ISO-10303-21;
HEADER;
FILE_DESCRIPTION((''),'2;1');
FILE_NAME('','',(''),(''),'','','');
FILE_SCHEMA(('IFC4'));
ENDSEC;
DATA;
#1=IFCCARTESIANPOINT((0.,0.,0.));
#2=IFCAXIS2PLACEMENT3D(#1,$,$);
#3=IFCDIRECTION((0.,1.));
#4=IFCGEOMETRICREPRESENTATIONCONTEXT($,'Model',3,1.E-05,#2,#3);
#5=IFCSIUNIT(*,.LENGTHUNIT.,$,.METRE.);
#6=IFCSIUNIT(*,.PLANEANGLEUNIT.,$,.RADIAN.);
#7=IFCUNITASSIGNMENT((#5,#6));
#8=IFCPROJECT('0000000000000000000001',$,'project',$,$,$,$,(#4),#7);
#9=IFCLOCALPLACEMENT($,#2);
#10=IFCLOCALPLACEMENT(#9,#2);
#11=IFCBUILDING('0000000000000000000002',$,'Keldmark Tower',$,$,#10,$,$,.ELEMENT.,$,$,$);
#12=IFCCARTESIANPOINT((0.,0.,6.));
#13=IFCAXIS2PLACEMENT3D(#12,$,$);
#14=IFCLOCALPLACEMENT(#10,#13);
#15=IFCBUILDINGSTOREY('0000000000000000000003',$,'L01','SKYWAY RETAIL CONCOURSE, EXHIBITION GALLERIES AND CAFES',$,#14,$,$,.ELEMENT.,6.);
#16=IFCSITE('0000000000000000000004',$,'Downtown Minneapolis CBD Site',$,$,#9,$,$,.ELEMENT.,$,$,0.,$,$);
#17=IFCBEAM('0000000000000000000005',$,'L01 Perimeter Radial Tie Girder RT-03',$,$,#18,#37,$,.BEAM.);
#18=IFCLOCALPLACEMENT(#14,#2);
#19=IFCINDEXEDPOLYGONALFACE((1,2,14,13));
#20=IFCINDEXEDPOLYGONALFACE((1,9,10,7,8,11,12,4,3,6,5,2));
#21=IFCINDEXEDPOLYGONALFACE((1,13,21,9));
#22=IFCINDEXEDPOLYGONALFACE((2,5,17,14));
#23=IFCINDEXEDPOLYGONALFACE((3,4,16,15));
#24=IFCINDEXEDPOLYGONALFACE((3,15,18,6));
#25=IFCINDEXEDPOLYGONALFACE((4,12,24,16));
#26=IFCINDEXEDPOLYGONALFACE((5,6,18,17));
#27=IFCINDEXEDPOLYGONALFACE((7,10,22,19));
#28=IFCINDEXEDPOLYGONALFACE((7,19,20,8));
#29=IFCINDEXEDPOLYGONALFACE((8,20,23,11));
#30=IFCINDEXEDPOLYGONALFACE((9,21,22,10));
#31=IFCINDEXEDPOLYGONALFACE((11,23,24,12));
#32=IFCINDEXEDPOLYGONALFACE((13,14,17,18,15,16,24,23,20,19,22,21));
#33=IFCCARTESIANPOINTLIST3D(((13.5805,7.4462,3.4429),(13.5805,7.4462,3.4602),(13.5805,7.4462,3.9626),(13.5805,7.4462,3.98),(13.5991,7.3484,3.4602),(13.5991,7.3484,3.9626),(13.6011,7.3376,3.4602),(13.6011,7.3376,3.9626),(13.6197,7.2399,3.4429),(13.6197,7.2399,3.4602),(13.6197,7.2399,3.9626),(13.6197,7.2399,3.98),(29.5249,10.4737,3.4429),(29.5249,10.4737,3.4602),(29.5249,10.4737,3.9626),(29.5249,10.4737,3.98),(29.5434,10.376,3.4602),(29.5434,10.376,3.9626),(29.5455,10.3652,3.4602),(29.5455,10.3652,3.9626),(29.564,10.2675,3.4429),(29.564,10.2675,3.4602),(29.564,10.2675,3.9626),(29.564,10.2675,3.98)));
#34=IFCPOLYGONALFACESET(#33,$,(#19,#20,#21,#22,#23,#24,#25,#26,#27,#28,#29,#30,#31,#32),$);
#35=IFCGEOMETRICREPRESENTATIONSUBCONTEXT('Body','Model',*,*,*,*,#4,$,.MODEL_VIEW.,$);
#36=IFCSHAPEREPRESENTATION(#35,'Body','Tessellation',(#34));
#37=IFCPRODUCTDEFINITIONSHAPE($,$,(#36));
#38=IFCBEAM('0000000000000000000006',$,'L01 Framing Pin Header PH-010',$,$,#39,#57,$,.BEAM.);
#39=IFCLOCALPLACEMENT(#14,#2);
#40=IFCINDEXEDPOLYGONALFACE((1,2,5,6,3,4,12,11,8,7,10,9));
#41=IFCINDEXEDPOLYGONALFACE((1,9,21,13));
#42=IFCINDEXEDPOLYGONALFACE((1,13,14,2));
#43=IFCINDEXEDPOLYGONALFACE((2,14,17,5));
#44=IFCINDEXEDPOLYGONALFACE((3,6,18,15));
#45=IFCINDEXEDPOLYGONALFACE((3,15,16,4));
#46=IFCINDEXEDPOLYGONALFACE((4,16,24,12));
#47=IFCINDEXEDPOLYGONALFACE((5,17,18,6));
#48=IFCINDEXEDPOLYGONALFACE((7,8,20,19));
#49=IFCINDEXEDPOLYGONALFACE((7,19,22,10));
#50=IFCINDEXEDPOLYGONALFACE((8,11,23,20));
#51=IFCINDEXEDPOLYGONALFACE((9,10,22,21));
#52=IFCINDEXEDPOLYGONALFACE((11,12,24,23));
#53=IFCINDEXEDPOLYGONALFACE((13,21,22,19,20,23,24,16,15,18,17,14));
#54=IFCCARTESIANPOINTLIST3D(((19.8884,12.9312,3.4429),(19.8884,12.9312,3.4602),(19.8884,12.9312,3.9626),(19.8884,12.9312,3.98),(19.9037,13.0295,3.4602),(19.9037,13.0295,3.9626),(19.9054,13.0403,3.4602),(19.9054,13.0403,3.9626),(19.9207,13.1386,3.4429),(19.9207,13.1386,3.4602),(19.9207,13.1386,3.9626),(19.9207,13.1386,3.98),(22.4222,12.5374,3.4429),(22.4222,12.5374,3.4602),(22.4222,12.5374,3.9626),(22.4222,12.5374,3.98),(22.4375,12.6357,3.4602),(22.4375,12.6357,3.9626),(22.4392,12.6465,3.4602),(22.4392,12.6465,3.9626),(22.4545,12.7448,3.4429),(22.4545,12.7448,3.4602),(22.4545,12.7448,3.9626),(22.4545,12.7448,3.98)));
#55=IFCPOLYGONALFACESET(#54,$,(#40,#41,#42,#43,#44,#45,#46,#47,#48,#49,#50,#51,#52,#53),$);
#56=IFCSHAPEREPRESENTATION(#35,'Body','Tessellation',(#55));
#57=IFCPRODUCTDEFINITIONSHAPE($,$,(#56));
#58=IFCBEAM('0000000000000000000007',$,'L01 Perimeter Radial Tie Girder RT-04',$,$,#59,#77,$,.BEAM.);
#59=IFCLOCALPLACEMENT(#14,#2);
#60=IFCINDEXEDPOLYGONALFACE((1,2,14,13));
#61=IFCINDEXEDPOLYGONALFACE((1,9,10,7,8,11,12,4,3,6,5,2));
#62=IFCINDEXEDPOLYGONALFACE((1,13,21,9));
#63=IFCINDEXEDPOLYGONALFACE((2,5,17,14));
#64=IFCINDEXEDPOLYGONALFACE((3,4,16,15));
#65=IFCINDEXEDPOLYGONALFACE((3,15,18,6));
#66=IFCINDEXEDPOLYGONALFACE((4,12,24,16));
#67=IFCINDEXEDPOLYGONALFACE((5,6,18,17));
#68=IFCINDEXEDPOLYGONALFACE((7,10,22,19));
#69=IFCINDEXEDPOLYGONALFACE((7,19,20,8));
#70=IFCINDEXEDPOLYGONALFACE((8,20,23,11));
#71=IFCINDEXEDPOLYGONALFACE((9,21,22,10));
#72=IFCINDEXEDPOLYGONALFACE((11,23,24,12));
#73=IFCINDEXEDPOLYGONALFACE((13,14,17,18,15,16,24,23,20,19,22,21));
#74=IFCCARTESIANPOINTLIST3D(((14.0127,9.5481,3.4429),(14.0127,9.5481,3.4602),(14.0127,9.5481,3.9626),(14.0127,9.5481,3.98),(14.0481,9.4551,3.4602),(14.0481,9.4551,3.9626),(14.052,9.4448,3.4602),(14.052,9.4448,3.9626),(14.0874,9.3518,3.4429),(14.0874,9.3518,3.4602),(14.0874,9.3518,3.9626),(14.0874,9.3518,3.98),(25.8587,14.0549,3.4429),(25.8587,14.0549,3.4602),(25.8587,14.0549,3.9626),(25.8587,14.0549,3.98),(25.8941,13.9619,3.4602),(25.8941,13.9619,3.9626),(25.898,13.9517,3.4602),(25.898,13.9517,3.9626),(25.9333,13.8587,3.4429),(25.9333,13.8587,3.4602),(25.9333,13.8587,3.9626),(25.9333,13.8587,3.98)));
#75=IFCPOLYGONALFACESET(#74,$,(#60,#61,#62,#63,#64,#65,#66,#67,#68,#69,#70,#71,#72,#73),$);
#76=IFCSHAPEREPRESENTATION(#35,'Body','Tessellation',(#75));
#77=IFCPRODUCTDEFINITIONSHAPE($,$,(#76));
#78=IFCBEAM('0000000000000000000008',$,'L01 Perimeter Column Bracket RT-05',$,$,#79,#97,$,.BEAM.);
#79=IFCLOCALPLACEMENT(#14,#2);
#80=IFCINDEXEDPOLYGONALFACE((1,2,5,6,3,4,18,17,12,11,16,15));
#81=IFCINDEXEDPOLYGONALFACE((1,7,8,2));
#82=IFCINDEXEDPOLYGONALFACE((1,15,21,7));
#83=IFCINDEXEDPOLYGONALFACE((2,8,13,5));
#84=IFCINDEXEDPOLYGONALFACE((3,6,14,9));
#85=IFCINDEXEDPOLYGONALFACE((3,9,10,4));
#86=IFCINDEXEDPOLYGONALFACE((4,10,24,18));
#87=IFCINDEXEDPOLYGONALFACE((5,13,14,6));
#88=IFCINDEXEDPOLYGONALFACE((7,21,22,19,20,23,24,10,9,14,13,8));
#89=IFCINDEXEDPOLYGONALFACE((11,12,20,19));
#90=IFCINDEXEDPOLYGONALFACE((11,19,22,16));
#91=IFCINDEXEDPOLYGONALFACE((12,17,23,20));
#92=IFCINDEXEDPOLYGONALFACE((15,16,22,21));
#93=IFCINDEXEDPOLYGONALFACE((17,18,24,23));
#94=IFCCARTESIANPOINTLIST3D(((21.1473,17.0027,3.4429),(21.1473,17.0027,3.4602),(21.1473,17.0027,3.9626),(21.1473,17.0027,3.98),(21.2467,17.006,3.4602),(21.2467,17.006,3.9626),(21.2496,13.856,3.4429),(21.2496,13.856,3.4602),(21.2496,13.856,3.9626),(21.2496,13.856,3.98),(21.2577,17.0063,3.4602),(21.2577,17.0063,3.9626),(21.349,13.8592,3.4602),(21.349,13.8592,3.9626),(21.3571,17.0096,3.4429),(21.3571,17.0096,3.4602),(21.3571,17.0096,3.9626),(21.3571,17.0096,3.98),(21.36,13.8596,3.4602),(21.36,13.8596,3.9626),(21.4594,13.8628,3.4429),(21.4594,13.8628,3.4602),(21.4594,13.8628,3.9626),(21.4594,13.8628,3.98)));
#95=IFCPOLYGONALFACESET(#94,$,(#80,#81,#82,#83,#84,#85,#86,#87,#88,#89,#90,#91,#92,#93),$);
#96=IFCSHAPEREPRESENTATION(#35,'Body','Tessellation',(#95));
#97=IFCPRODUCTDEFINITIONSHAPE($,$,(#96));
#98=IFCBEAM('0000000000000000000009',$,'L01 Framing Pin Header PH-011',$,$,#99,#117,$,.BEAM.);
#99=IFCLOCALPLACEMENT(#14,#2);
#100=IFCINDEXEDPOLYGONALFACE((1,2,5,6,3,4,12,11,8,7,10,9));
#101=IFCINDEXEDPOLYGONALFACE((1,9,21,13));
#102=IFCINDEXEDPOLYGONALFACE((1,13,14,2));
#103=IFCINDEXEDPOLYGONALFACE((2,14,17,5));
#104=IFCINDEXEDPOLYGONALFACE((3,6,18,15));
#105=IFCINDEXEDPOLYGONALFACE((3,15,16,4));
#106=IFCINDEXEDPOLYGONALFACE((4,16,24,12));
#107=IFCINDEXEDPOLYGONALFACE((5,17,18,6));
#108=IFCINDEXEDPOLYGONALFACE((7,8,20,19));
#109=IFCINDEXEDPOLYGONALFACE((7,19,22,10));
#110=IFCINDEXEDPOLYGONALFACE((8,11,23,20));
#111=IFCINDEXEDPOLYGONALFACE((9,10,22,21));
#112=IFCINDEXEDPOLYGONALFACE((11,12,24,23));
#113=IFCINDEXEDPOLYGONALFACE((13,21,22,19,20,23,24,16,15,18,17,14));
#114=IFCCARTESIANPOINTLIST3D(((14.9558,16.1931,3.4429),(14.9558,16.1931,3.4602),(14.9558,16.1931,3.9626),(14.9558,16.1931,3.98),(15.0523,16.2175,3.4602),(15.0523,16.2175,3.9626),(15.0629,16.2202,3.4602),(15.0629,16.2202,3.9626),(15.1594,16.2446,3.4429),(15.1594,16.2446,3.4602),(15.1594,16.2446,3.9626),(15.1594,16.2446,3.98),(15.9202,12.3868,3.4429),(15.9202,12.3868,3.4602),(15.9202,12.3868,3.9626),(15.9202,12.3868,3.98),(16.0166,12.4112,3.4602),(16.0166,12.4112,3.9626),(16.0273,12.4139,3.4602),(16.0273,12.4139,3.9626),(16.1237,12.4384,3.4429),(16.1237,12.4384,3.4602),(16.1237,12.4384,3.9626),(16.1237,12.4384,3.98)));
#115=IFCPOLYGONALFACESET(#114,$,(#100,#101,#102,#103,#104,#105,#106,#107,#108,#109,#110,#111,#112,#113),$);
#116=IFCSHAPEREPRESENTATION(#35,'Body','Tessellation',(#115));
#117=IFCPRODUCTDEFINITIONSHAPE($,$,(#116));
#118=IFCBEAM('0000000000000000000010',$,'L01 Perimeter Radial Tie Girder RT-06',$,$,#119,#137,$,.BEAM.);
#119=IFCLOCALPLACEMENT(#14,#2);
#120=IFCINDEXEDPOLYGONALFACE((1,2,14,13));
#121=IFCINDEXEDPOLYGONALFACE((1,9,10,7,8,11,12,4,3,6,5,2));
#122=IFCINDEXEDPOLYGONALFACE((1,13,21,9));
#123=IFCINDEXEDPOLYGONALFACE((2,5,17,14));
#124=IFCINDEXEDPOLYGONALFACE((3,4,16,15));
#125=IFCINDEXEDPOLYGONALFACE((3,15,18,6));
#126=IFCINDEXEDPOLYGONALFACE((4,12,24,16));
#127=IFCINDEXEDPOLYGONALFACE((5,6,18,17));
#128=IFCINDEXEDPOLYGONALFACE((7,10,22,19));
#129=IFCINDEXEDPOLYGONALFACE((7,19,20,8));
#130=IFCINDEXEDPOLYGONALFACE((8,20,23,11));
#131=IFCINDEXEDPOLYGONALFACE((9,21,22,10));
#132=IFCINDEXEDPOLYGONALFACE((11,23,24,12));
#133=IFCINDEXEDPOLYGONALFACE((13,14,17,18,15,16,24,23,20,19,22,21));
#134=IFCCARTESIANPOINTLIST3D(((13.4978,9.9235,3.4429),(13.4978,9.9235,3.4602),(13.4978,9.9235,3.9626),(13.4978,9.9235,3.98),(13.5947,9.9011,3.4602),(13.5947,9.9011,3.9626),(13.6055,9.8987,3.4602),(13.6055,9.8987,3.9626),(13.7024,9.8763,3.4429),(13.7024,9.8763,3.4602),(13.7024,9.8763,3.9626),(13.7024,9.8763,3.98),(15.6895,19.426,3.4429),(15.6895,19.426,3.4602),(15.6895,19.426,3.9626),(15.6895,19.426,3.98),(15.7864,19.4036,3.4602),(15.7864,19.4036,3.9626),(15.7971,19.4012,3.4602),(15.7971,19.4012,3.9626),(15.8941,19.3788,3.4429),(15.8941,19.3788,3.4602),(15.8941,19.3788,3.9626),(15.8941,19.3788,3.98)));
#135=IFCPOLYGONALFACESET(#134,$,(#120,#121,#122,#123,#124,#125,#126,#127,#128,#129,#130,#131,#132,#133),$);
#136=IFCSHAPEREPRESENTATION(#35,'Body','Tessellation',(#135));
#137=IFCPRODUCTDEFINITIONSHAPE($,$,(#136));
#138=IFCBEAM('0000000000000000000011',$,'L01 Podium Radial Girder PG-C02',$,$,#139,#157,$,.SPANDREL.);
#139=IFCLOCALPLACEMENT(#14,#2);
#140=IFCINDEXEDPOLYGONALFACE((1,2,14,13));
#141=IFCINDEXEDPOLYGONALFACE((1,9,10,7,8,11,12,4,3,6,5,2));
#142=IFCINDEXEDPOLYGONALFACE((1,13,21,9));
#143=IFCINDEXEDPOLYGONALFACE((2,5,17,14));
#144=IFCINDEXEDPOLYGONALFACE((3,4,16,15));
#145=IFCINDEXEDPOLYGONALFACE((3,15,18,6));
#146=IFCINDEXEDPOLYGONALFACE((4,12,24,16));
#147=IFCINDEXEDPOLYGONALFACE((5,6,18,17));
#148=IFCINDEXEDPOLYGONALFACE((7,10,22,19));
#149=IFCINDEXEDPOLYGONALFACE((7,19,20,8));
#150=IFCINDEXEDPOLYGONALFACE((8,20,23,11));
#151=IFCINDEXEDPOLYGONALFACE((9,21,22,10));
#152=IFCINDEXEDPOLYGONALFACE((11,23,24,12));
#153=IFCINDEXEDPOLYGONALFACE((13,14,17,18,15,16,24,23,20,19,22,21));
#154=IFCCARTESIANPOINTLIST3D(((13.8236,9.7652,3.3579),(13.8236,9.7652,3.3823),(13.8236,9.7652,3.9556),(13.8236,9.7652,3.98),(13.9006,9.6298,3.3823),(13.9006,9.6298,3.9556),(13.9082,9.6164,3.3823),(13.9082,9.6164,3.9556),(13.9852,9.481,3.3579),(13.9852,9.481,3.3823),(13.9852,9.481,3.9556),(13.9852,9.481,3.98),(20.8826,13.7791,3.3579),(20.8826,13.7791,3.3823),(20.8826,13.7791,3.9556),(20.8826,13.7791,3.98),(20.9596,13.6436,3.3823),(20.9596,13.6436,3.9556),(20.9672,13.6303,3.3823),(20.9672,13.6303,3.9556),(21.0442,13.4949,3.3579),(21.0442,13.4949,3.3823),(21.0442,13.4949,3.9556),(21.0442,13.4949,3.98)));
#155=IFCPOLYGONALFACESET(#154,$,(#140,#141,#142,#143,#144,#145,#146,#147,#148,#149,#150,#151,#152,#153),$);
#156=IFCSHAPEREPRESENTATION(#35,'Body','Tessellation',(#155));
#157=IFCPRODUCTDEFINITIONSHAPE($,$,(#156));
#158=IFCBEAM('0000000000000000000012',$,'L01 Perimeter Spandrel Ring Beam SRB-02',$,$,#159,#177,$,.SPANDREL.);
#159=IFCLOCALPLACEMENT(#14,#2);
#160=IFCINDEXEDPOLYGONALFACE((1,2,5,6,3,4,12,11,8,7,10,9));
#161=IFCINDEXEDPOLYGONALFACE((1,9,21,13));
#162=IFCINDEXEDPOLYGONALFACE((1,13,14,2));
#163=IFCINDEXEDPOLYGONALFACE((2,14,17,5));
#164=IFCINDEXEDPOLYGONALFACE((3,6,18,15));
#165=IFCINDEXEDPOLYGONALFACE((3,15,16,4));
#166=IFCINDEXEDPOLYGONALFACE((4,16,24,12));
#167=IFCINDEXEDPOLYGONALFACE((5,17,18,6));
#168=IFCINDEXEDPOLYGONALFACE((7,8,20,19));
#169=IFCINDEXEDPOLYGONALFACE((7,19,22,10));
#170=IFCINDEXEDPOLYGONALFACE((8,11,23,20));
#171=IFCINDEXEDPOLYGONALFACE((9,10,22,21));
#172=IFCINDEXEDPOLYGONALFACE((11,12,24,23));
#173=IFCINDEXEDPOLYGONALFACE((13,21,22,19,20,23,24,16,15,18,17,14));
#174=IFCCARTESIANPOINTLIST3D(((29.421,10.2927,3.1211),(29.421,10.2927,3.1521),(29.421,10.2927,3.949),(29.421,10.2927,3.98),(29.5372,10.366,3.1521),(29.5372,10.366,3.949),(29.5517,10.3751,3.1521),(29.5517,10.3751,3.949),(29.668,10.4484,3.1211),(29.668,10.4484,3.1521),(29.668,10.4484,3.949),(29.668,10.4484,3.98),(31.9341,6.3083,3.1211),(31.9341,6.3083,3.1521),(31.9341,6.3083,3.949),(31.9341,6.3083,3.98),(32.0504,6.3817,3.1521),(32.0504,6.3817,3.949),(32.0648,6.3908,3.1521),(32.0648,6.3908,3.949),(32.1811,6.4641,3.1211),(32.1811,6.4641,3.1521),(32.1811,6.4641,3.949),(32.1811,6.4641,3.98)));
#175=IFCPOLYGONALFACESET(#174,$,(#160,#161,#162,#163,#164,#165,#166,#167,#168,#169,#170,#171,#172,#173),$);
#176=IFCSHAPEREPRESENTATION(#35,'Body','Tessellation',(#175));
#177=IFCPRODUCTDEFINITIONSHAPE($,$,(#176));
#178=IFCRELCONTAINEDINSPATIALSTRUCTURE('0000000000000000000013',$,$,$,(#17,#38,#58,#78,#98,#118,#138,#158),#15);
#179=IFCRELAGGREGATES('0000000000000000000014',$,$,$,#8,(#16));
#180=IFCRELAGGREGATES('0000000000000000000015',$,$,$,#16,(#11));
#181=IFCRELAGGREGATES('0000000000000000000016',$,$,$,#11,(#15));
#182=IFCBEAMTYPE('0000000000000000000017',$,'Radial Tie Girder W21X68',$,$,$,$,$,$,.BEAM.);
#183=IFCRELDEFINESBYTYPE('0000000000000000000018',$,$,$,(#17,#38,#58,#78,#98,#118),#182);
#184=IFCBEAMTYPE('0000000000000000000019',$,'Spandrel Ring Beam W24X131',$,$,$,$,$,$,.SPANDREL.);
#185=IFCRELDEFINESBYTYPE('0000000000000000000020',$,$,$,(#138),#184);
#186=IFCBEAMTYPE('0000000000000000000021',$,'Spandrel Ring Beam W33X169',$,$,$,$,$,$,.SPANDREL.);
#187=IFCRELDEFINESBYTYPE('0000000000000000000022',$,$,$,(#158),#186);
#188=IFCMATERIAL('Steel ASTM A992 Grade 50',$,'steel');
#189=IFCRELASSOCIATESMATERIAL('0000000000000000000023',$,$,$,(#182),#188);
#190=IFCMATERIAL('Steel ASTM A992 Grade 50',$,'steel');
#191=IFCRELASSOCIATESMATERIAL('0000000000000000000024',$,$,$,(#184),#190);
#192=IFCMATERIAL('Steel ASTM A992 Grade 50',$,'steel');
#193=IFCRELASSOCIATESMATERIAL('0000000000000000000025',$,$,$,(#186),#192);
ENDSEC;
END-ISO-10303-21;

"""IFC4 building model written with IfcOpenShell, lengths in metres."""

from ifc_helpers import new_model, si_unit, direction, frame, origin, origin_2d, place, context, subcontext, project, spatial, i_section, extrude, material, material_profile, profile_set, type_object, element, save


model = new_model("IFC4")

# Units and contexts
model_context = context("Model", 3, precision=1e-05, world=origin(), true_north=direction((0.0, 1.0)))
body_context = subcontext(model_context, "Body", "Model", "MODEL_VIEW")
ifc_project = project(units=[si_unit("LENGTHUNIT", "METRE"), si_unit("PLANEANGLEUNIT", "RADIAN")], contexts=[model_context])

# Site, building, storey
site_placement = place(None, origin())
site = spatial("IfcSite", under=ifc_project, at=site_placement, Name="Downtown Minneapolis CBD Site", CompositionType="ELEMENT", RefElevation=0.0)
building_placement = place(site_placement, origin())
building = spatial("IfcBuilding", under=site, at=building_placement, Name="Keldmark Tower", CompositionType="ELEMENT")
storey_placement = place(building_placement, frame((0.0, 0.0, 6.0)))
storey = spatial("IfcBuildingStorey", under=building, at=storey_placement, Name="L01", Description="SKYWAY RETAIL CONCOURSE, EXHIBITION GALLERIES AND CAFES", CompositionType="ELEMENT", Elevation=6.0)

# Beams
ifc_material_1 = material(Name="Steel ASTM A992 Grade 50", Category="steel")
ifc_material_profile_1 = material_profile(ifc_material_1, i_section(OverallWidth=0.21, OverallDepth=0.5371, WebThickness=0.011, FlangeThickness=0.0173, at=origin_2d()), Name="W21X68")
ifc_profile_set_1 = profile_set([ifc_material_profile_1], Name="Steel ASTM A992 Grade 50")
beam_type_1 = type_object("IfcBeamType", Name="Radial Tie Girder W21X68", PredefinedType="BEAM", material=ifc_profile_set_1)
beam_1_placement = place(storey_placement, frame((13.6001, 7.343, 3.7114), z_axis=(0.982445, 0.186551, 0.0), x_axis=(-0.186551, 0.982445, 0.0)))
element("IfcBeam", 1, at=beam_1_placement, inside=storey, type_object=beam_type_1, Name="L01 Perimeter Radial Tie Girder RT-03", PredefinedType="BEAM", context=body_context, shape_type="SweptSolid", body=[
    extrude(i_section(OverallWidth=0.21, OverallDepth=0.5371, WebThickness=0.011, FlangeThickness=0.0173, at=origin_2d()), origin(), (0.0, 0.0, 1.0), 16.2292),
])
beam_2_placement = place(storey_placement, frame((19.9045, 13.0349, 3.7114), z_axis=(0.988136, -0.153581, 0.0), x_axis=(0.153581, 0.988136, 0.0)))
element("IfcBeam", 2, at=beam_2_placement, inside=storey, type_object=beam_type_1, Name="L01 Framing Pin Header PH-010", PredefinedType="BEAM", context=body_context, shape_type="SweptSolid", body=[
    extrude(i_section(OverallWidth=0.21, OverallDepth=0.5371, WebThickness=0.011, FlangeThickness=0.0173, at=origin_2d()), origin(), (0.0, 0.0, 1.0), 2.5642),
])
beam_3_placement = place(storey_placement, frame((14.05, 9.45, 3.7114), z_axis=(0.934643, 0.355588, 0.0), x_axis=(-0.355588, 0.934643, 0.0)))
element("IfcBeam", 3, at=beam_3_placement, inside=storey, type_object=beam_type_1, Name="L01 Perimeter Radial Tie Girder RT-04", PredefinedType="BEAM", context=body_context, shape_type="SweptSolid", body=[
    extrude(i_section(OverallWidth=0.21, OverallDepth=0.5371, WebThickness=0.011, FlangeThickness=0.0173, at=origin_2d()), origin(), (0.0, 0.0, 1.0), 12.6743),
])
beam_4_placement = place(storey_placement, frame((21.3545, 13.8594, 3.7114), z_axis=(-0.032491, 0.999472, 0.0), x_axis=(-0.999472, -0.032491, 0.0)))
element("IfcBeam", 4, at=beam_4_placement, inside=storey, type_object=beam_type_1, Name="L01 Perimeter Column Bracket RT-05", PredefinedType="BEAM", context=body_context, shape_type="SweptSolid", body=[
    extrude(i_section(OverallWidth=0.21, OverallDepth=0.5371, WebThickness=0.011, FlangeThickness=0.0173, at=origin_2d()), origin(), (0.0, 0.0, 1.0), 3.1484),
])
beam_5_placement = place(storey_placement, frame((16.022, 12.4126, 3.7114), z_axis=(-0.245607, 0.96937, 0.0), x_axis=(-0.96937, -0.245607, 0.0)))
element("IfcBeam", 5, at=beam_5_placement, inside=storey, type_object=beam_type_1, Name="L01 Framing Pin Header PH-011", PredefinedType="BEAM", context=body_context, shape_type="SweptSolid", body=[
    extrude(i_section(OverallWidth=0.21, OverallDepth=0.5371, WebThickness=0.011, FlangeThickness=0.0173, at=origin_2d()), origin(), (0.0, 0.0, 1.0), 3.9265),
])
beam_6_placement = place(storey_placement, frame((13.6001, 9.8999, 3.7114), z_axis=(0.224741, 0.974419, 0.0), x_axis=(-0.974419, 0.224741, 0.0)))
element("IfcBeam", 6, at=beam_6_placement, inside=storey, type_object=beam_type_1, Name="L01 Perimeter Radial Tie Girder RT-06", PredefinedType="BEAM", context=body_context, shape_type="SweptSolid", body=[
    extrude(i_section(OverallWidth=0.21, OverallDepth=0.5371, WebThickness=0.011, FlangeThickness=0.0173, at=origin_2d()), origin(), (0.0, 0.0, 1.0), 9.752),
])
ifc_material_2 = material(Name="Steel ASTM A992 Grade 50", Category="steel")
ifc_material_profile_2 = material_profile(ifc_material_2, i_section(OverallWidth=0.3269, OverallDepth=0.6221, WebThickness=0.0154, FlangeThickness=0.0244, at=origin_2d()), Name="W24X131")
ifc_profile_set_2 = profile_set([ifc_material_profile_2], Name="Steel ASTM A992 Grade 50")
beam_type_2 = type_object("IfcBeamType", Name="Spandrel Ring Beam W24X131", PredefinedType="SPANDREL", material=ifc_profile_set_2)
beam_7_placement = place(storey_placement, frame((20.9634, 13.637, 3.6689), z_axis=(-0.869294, -0.494296, 0.0), x_axis=(0.494296, -0.869294, 0.0)))
element("IfcBeam", 7, at=beam_7_placement, inside=storey, type_object=beam_type_2, Name="L01 Podium Radial Girder PG-C02", PredefinedType="SPANDREL", context=body_context, shape_type="SweptSolid", body=[
    extrude(i_section(OverallWidth=0.3269, OverallDepth=0.6221, WebThickness=0.0154, FlangeThickness=0.0244, at=origin_2d()), origin(), (0.0, 0.0, 1.0), 8.1204),
])
ifc_material_3 = material(Name="Steel ASTM A992 Grade 50", Category="steel")
ifc_material_profile_3 = material_profile(ifc_material_3, i_section(OverallWidth=0.292, OverallDepth=0.8589, WebThickness=0.0171, FlangeThickness=0.031, at=origin_2d()), Name="W33X169")
ifc_profile_set_3 = profile_set([ifc_material_profile_3], Name="Steel ASTM A992 Grade 50")
beam_type_3 = type_object("IfcBeamType", Name="Spandrel Ring Beam W33X169", PredefinedType="SPANDREL", material=ifc_profile_set_3)
beam_8_placement = place(storey_placement, frame((32.0576, 6.3862, 3.5505), z_axis=(-0.533498, 0.845802, 0.0), x_axis=(-0.845802, -0.533498, 0.0)))
element("IfcBeam", 8, at=beam_8_placement, inside=storey, type_object=beam_type_3, Name="L01 Perimeter Spandrel Ring Beam SRB-02", PredefinedType="SPANDREL", context=body_context, shape_type="SweptSolid", body=[
    extrude(i_section(OverallWidth=0.292, OverallDepth=0.8589, WebThickness=0.0171, FlangeThickness=0.031, at=origin_2d()), origin(), (0.0, 0.0, 1.0), 4.7107),
])

save(model, "model.ifc")
